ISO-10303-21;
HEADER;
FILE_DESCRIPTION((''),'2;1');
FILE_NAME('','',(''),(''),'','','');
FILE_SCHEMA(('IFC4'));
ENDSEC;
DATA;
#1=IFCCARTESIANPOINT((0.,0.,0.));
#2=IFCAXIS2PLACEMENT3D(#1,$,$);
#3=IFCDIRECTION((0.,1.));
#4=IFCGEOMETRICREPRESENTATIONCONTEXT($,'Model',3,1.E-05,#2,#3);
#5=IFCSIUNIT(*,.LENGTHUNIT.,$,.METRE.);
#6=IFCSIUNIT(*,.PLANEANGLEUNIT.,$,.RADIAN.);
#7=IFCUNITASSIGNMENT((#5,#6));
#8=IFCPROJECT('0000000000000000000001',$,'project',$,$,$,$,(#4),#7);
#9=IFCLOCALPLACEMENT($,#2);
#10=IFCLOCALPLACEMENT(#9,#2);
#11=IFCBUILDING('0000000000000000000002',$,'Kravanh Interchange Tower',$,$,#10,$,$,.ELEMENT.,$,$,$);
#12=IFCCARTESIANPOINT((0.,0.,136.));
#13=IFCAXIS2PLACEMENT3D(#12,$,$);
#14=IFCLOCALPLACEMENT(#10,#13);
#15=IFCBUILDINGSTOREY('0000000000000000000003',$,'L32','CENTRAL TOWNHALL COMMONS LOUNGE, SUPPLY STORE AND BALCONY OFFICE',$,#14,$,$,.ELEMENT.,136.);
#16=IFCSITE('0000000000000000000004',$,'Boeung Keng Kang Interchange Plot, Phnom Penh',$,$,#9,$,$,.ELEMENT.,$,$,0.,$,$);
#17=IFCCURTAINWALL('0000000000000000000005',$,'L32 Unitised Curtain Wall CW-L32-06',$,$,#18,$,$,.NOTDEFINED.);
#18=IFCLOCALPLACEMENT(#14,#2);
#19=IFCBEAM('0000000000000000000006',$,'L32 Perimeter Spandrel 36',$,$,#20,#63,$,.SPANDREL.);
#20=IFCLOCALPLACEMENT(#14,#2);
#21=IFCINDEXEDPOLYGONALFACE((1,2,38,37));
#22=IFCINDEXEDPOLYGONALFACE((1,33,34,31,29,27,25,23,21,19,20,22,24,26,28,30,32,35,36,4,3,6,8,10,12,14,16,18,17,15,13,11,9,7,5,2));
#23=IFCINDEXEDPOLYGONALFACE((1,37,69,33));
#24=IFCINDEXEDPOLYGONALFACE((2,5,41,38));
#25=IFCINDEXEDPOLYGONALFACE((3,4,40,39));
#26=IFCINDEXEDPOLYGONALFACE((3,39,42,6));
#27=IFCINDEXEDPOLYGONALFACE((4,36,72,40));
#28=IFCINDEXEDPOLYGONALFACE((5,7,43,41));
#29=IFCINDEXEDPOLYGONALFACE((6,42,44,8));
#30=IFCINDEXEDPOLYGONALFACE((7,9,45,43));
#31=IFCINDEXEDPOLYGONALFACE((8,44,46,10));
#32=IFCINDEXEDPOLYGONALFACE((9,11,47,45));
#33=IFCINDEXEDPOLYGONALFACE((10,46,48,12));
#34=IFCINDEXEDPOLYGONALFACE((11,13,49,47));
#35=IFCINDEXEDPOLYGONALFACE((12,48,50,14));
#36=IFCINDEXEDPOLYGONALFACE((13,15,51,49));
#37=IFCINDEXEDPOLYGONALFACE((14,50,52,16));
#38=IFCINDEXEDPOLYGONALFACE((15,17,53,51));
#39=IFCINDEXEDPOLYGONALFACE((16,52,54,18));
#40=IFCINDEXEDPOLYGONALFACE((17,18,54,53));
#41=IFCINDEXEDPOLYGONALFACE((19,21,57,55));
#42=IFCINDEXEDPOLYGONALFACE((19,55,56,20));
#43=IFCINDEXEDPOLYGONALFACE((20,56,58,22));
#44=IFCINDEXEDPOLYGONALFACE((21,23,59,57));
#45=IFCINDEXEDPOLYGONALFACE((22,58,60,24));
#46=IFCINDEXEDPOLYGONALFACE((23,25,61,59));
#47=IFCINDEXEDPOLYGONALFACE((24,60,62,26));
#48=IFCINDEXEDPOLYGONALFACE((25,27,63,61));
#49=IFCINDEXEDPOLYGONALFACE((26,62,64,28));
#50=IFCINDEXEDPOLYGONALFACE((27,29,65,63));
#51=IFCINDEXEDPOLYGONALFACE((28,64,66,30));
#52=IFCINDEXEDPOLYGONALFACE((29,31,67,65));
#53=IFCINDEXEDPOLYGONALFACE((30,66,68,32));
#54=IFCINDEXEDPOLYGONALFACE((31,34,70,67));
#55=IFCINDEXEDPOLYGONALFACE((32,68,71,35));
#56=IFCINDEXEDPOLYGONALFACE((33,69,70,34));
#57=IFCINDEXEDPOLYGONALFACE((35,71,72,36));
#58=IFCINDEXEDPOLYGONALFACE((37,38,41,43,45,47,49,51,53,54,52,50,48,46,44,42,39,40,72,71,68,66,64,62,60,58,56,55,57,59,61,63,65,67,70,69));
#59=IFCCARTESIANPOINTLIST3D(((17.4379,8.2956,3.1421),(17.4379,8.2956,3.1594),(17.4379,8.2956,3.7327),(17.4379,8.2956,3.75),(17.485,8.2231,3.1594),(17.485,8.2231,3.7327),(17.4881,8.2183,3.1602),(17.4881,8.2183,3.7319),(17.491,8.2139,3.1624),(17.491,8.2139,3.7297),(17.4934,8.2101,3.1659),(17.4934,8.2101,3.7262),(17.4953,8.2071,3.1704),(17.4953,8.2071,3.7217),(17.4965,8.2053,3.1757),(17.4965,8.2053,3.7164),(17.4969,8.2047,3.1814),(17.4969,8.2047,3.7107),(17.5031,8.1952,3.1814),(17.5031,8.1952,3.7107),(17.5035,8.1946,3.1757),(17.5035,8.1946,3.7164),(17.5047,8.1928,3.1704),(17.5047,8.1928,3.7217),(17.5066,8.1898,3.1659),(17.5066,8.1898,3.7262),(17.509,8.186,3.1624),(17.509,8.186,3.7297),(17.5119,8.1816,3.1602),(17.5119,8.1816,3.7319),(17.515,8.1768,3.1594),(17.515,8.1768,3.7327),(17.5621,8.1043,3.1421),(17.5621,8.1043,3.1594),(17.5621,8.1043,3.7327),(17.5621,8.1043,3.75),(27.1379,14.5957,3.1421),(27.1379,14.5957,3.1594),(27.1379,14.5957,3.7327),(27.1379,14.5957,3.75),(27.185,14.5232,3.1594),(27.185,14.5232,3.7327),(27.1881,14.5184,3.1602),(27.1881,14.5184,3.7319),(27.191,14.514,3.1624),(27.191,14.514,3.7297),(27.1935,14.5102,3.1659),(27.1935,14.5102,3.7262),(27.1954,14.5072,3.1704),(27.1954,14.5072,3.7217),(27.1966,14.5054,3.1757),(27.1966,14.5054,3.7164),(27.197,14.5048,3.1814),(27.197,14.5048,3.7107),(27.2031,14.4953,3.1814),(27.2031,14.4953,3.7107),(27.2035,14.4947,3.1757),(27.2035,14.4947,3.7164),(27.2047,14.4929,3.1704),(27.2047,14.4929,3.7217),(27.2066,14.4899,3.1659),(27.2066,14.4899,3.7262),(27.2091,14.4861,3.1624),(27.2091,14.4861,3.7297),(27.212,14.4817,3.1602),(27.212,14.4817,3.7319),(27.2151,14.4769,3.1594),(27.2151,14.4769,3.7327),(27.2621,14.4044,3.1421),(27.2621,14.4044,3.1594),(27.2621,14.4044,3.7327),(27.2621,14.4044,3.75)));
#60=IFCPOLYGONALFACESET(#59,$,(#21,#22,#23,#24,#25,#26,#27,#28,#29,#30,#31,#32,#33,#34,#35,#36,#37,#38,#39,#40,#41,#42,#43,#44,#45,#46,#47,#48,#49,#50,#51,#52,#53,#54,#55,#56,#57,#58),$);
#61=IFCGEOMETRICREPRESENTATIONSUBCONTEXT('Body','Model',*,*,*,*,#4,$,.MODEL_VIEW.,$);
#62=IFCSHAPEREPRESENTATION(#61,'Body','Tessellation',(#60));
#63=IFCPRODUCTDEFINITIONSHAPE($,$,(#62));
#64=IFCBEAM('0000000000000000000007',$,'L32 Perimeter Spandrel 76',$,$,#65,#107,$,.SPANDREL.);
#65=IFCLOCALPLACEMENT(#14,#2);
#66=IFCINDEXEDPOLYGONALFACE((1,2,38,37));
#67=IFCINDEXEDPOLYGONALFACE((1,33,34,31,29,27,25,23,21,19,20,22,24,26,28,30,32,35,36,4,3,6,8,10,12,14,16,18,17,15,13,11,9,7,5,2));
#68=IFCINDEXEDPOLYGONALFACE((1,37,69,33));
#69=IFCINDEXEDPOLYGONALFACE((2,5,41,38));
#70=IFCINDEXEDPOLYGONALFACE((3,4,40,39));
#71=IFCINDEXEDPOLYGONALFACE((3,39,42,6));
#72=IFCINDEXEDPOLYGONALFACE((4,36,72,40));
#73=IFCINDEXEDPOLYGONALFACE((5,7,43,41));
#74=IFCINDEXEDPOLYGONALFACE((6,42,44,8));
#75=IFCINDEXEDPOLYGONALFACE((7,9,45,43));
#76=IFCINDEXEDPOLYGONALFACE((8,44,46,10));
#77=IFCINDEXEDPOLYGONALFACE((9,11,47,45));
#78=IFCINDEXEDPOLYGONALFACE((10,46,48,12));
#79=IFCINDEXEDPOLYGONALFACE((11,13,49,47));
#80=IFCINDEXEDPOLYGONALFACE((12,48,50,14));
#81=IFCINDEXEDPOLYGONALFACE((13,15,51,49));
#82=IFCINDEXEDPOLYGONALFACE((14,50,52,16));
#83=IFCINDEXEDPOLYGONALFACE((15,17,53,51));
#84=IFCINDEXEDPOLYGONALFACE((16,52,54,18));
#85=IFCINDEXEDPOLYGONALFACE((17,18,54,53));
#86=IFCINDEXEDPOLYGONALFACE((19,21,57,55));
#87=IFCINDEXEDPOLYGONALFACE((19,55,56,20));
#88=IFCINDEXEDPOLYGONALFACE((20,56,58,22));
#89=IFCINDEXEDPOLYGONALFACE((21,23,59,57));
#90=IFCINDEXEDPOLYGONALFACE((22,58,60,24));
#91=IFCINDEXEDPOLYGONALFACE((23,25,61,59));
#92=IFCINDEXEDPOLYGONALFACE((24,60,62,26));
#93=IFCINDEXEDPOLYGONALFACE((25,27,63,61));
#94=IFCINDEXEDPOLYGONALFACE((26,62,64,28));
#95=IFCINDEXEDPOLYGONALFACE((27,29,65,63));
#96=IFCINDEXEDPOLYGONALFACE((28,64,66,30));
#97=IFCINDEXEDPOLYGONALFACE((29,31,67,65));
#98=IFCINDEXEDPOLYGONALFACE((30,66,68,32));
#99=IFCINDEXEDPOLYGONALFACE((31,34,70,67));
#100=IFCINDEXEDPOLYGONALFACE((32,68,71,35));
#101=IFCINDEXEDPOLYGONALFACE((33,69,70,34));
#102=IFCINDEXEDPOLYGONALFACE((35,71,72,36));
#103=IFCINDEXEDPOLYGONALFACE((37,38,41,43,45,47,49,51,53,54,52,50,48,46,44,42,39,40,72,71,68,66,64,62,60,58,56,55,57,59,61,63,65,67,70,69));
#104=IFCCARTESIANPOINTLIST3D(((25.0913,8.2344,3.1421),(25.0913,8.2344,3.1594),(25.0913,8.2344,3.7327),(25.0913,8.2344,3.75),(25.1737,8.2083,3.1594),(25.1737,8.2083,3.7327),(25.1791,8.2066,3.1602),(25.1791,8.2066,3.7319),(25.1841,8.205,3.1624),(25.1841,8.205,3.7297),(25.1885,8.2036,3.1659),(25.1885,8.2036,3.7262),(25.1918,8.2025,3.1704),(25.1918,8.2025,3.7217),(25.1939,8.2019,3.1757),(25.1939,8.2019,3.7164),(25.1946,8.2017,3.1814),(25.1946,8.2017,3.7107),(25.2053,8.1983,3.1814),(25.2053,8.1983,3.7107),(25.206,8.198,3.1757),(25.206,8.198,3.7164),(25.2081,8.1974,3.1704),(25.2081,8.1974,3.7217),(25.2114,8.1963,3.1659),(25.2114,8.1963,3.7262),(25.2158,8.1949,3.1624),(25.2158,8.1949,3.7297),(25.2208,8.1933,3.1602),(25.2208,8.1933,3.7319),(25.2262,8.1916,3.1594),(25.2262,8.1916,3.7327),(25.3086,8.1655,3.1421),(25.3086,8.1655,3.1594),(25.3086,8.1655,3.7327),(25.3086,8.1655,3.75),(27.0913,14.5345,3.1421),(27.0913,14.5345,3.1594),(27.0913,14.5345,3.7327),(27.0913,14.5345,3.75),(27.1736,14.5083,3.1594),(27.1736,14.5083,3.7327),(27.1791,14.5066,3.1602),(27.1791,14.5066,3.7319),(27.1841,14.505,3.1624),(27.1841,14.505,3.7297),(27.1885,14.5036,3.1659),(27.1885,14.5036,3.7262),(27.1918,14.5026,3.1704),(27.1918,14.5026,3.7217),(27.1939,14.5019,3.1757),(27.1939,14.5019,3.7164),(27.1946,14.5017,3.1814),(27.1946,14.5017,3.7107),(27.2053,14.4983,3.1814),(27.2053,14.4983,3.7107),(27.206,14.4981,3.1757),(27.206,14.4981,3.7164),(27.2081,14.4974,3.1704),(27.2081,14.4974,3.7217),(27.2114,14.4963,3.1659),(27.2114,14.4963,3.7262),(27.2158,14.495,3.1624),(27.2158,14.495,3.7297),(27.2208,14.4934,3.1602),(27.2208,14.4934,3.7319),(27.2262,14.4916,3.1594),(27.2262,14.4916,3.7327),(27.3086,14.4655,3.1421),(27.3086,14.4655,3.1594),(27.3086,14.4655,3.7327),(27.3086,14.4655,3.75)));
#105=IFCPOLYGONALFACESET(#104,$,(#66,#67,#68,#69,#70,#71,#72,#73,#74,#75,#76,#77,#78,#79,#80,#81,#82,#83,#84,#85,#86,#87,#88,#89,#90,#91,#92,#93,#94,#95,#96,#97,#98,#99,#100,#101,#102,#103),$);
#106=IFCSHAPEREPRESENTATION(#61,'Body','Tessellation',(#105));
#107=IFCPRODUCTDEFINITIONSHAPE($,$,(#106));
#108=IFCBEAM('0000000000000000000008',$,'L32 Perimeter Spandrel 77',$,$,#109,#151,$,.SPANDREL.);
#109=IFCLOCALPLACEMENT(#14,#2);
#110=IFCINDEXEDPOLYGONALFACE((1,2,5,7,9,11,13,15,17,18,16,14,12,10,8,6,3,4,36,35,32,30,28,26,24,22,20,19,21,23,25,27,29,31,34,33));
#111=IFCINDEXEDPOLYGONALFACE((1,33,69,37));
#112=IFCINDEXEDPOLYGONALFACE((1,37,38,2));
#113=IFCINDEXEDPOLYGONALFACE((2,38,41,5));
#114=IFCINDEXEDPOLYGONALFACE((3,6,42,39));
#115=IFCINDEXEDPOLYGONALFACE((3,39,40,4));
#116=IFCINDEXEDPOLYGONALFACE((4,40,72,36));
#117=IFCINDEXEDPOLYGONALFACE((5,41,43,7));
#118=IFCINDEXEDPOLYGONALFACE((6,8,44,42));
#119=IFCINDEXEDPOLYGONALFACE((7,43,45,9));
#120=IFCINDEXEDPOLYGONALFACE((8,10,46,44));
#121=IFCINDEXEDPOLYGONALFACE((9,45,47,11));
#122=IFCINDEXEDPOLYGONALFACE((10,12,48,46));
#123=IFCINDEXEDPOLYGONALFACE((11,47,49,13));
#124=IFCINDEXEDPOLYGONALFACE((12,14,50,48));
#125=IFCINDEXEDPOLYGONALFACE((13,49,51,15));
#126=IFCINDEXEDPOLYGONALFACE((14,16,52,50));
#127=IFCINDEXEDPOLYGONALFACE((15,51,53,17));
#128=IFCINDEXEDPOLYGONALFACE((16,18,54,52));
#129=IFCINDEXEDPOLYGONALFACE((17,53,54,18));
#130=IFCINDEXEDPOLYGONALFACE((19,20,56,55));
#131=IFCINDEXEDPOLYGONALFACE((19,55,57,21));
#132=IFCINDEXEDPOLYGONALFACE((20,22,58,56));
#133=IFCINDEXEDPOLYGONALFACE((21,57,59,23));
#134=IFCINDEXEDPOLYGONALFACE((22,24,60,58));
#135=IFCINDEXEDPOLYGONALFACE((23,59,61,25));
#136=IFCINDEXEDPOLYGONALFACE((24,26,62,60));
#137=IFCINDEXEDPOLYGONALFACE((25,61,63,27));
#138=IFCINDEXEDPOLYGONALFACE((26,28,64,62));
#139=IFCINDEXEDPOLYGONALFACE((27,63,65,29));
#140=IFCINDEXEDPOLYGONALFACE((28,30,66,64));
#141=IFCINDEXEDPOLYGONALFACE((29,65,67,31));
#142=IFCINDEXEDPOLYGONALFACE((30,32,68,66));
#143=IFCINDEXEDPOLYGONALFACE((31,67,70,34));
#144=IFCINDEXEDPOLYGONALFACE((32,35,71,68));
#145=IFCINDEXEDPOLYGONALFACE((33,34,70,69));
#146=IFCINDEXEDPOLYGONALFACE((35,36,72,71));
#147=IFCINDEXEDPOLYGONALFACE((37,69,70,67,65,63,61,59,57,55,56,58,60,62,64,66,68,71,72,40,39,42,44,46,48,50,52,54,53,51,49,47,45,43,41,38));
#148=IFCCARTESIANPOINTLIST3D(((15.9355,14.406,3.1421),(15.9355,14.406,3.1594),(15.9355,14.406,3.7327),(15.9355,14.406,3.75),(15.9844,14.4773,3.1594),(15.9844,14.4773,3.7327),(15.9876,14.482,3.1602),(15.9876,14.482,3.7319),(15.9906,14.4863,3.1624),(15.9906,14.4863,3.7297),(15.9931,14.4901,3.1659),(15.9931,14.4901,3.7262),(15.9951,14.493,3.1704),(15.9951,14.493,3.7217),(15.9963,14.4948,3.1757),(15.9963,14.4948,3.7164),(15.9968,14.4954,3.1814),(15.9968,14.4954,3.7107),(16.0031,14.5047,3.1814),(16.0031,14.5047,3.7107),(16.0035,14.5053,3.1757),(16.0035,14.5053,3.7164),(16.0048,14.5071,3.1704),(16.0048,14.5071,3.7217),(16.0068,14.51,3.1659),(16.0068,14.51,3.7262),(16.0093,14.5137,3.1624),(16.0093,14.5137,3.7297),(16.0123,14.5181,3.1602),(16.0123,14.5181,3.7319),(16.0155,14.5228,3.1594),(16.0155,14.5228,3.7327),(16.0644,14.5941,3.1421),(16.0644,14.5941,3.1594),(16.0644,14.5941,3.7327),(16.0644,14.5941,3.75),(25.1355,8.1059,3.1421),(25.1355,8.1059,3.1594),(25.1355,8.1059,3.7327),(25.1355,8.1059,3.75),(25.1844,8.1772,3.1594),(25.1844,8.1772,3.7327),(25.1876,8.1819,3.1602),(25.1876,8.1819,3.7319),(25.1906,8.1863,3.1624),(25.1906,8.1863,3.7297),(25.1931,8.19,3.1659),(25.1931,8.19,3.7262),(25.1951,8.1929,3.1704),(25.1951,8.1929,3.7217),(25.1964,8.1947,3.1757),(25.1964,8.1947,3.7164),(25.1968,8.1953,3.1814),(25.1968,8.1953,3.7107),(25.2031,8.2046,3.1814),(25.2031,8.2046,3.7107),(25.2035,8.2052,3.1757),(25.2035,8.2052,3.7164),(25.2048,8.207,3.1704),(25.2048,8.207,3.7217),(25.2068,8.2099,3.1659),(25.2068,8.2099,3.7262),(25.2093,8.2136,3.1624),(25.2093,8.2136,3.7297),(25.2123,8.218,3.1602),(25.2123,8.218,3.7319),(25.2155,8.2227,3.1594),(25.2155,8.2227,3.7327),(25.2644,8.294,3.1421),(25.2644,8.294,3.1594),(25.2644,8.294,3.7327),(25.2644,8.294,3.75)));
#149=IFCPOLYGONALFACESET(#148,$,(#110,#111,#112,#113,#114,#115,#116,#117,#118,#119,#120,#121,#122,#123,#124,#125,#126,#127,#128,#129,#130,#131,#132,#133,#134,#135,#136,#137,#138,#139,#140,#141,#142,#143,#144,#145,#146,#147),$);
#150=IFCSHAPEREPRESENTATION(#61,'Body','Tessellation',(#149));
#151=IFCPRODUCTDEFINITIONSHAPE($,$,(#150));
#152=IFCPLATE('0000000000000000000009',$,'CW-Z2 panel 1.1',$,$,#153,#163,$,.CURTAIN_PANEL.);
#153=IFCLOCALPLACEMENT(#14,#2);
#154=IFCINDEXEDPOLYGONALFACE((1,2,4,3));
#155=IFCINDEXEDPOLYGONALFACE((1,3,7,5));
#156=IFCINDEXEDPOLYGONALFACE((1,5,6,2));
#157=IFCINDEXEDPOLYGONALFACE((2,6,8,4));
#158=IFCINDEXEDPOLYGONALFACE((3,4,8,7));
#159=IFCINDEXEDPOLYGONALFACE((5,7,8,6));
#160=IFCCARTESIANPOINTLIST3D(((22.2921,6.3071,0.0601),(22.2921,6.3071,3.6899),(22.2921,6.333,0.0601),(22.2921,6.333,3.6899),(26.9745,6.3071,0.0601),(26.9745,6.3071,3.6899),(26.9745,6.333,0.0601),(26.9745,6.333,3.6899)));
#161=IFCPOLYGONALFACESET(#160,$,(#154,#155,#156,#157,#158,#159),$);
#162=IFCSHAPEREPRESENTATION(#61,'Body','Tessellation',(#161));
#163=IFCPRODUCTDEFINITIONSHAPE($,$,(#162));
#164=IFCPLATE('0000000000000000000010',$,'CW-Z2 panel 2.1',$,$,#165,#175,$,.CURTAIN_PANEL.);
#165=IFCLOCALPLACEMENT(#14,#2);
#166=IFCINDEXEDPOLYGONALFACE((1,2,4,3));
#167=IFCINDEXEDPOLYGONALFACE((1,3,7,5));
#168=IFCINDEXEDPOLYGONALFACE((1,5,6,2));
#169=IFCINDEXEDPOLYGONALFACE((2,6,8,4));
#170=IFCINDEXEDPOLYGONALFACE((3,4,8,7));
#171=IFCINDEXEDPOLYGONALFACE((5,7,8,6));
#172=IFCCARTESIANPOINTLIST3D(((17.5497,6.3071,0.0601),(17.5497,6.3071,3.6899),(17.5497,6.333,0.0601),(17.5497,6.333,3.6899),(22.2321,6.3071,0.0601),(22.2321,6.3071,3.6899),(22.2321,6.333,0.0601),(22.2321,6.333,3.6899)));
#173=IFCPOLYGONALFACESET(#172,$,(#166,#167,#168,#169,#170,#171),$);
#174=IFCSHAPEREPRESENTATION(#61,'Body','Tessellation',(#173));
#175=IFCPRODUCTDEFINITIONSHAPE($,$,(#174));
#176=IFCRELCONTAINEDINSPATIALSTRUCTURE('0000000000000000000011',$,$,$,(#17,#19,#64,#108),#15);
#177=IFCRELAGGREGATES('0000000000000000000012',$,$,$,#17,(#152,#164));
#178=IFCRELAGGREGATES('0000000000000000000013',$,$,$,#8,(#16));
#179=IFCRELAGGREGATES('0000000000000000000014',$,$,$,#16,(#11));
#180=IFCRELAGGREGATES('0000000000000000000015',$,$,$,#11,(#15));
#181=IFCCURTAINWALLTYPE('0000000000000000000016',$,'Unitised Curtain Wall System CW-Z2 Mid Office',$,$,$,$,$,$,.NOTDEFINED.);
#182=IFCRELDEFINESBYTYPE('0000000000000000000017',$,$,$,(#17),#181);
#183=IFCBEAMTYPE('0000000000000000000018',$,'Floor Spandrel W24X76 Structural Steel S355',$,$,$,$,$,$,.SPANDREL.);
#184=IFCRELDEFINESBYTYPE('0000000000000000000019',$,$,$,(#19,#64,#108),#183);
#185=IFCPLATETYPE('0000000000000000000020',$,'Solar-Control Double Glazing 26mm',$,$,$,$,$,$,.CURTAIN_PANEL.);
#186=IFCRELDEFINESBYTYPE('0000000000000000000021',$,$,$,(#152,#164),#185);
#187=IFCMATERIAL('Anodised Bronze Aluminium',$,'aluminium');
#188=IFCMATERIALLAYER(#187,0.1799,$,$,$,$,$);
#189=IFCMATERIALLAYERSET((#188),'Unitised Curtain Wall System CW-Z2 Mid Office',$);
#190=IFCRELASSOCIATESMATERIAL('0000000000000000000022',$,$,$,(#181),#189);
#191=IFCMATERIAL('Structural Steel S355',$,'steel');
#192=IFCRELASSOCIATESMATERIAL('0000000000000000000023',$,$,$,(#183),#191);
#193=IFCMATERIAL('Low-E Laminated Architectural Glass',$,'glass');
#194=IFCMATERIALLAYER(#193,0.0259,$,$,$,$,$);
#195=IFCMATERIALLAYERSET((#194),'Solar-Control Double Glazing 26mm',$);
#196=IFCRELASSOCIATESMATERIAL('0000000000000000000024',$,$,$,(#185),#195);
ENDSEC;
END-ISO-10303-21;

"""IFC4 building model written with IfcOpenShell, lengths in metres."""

from ifc_helpers import new_model, si_unit, direction, frame, origin, origin_2d, place, context, subcontext, project, spatial, rectangle, i_section, extrude, material, layer, layer_set, material_profile, profile_set, type_object, element, aggregate, save


model = new_model("IFC4")

# Units and contexts
model_context = context("Model", 3, precision=1e-05, world=origin(), true_north=direction((0.0, 1.0)))
body_context = subcontext(model_context, "Body", "Model", "MODEL_VIEW")
ifc_project = project(units=[si_unit("LENGTHUNIT", "METRE"), si_unit("PLANEANGLEUNIT", "RADIAN")], contexts=[model_context])

# Site, building, storey
site_placement = place(None, origin())
site = spatial("IfcSite", under=ifc_project, at=site_placement, Name="Boeung Keng Kang Interchange Plot, Phnom Penh", CompositionType="ELEMENT", RefElevation=0.0)
building_placement = place(site_placement, origin())
building = spatial("IfcBuilding", under=site, at=building_placement, Name="Kravanh Interchange Tower", CompositionType="ELEMENT")
storey_placement = place(building_placement, frame((0.0, 0.0, 136.0)))
storey = spatial("IfcBuildingStorey", under=building, at=storey_placement, Name="L32", Description="CENTRAL TOWNHALL COMMONS LOUNGE, SUPPLY STORE AND BALCONY OFFICE", CompositionType="ELEMENT", Elevation=136.0)

# Curtain wall
ifc_material_1 = material(Name="Anodised Bronze Aluminium", Category="aluminium")
ifc_layer_1 = layer(ifc_material_1, 0.1799)
ifc_layer_set_1 = layer_set([ifc_layer_1], Name="Unitised Curtain Wall System CW-Z2 Mid Office")
curtain_wall_type = type_object("IfcCurtainWallType", Name="Unitised Curtain Wall System CW-Z2 Mid Office", PredefinedType="NOTDEFINED", material=ifc_layer_set_1)
curtain_wall_placement = place(storey_placement, origin())
curtain_wall = element("IfcCurtainWall", 1, at=curtain_wall_placement, inside=storey, type_object=curtain_wall_type, Name="L32 Unitised Curtain Wall CW-L32-06", PredefinedType="NOTDEFINED")

# Beams
ifc_material_2 = material(Name="Structural Steel S355", Category="steel")
ifc_material_profile_1 = material_profile(ifc_material_2, i_section(OverallWidth=0.228, OverallDepth=0.6079, WebThickness=0.0112, FlangeThickness=0.0173, FilletRadius=0.022, at=origin_2d()), Name="W24X76")
ifc_profile_set_1 = profile_set([ifc_material_profile_1], Name="Structural Steel S355")
beam_type_1 = type_object("IfcBeamType", Name="Floor Spandrel W24X76 Structural Steel S355", PredefinedType="SPANDREL", material=ifc_profile_set_1)
beam_1_placement = place(storey_placement, frame((17.5, 8.2, 3.446), z_axis=(0.838638, 0.544689, 0.0), x_axis=(-0.544689, 0.838638, 0.0)))
element("IfcBeam", 2, at=beam_1_placement, inside=storey, type_object=beam_type_1, Name="L32 Perimeter Spandrel 36", PredefinedType="SPANDREL", context=body_context, shape_type="SweptSolid", body=[
    extrude(i_section(OverallWidth=0.228, OverallDepth=0.6079, WebThickness=0.0112, FlangeThickness=0.0173, FilletRadius=0.022, at=origin_2d()), origin(), (0.0, 0.0, 1.0), 11.5664),
])
beam_2_placement = place(storey_placement, frame((25.2, 8.2, 3.446), z_axis=(0.302577, 0.953125, 0.0), x_axis=(-0.953125, 0.302577, 0.0)))
element("IfcBeam", 3, at=beam_2_placement, inside=storey, type_object=beam_type_1, Name="L32 Perimeter Spandrel 76", PredefinedType="SPANDREL", context=body_context, shape_type="SweptSolid", body=[
    extrude(i_section(OverallWidth=0.228, OverallDepth=0.6079, WebThickness=0.0112, FlangeThickness=0.0173, FilletRadius=0.022, at=origin_2d()), origin(), (0.0, 0.0, 1.0), 6.6099),
])
beam_3_placement = place(storey_placement, frame((25.2, 8.2, 3.446), z_axis=(-0.825084, 0.56501, 0.0), x_axis=(-0.56501, -0.825084, 0.0)))
element("IfcBeam", 4, at=beam_3_placement, inside=storey, type_object=beam_type_1, Name="L32 Perimeter Spandrel 77", PredefinedType="SPANDREL", context=body_context, shape_type="SweptSolid", body=[
    extrude(i_section(OverallWidth=0.228, OverallDepth=0.6079, WebThickness=0.0112, FlangeThickness=0.0173, FilletRadius=0.022, at=origin_2d()), origin(), (0.0, 0.0, 1.0), 11.1504),
])

# Plates
ifc_material_3 = material(Name="Low-E Laminated Architectural Glass", Category="glass")
ifc_layer_2 = layer(ifc_material_3, 0.0259)
ifc_layer_set_2 = layer_set([ifc_layer_2], Name="Solar-Control Double Glazing 26mm")
plate_type = type_object("IfcPlateType", Name="Solar-Control Double Glazing 26mm", PredefinedType="CURTAIN_PANEL", material=ifc_layer_set_2)
plate_1_placement = place(storey_placement, frame((24.6333, 6.3201, 0.0601), z_axis=(0.0, 0.0, 1.0), x_axis=(-1.0, 0.0, 0.0)))
plate_1 = element("IfcPlate", 5, at=plate_1_placement, type_object=plate_type, Name="CW-Z2 panel 1.1", PredefinedType="CURTAIN_PANEL", context=body_context, shape_type="SweptSolid", body=[
    extrude(rectangle(XDim=4.6824, YDim=0.0259, at=origin_2d()), origin(), (0.0, 0.0, 1.0), 3.6299),
])
plate_2_placement = place(storey_placement, frame((19.8909, 6.3201, 0.0601), z_axis=(0.0, 0.0, 1.0), x_axis=(-1.0, 0.0, 0.0)))
plate_2 = element("IfcPlate", 6, at=plate_2_placement, type_object=plate_type, Name="CW-Z2 panel 2.1", PredefinedType="CURTAIN_PANEL", context=body_context, shape_type="SweptSolid", body=[
    extrude(rectangle(XDim=4.6824, YDim=0.0259, at=origin_2d()), origin(), (0.0, 0.0, 1.0), 3.6299),
])
aggregate(curtain_wall, [plate_1, plate_2])

save(model, "model.ifc")
